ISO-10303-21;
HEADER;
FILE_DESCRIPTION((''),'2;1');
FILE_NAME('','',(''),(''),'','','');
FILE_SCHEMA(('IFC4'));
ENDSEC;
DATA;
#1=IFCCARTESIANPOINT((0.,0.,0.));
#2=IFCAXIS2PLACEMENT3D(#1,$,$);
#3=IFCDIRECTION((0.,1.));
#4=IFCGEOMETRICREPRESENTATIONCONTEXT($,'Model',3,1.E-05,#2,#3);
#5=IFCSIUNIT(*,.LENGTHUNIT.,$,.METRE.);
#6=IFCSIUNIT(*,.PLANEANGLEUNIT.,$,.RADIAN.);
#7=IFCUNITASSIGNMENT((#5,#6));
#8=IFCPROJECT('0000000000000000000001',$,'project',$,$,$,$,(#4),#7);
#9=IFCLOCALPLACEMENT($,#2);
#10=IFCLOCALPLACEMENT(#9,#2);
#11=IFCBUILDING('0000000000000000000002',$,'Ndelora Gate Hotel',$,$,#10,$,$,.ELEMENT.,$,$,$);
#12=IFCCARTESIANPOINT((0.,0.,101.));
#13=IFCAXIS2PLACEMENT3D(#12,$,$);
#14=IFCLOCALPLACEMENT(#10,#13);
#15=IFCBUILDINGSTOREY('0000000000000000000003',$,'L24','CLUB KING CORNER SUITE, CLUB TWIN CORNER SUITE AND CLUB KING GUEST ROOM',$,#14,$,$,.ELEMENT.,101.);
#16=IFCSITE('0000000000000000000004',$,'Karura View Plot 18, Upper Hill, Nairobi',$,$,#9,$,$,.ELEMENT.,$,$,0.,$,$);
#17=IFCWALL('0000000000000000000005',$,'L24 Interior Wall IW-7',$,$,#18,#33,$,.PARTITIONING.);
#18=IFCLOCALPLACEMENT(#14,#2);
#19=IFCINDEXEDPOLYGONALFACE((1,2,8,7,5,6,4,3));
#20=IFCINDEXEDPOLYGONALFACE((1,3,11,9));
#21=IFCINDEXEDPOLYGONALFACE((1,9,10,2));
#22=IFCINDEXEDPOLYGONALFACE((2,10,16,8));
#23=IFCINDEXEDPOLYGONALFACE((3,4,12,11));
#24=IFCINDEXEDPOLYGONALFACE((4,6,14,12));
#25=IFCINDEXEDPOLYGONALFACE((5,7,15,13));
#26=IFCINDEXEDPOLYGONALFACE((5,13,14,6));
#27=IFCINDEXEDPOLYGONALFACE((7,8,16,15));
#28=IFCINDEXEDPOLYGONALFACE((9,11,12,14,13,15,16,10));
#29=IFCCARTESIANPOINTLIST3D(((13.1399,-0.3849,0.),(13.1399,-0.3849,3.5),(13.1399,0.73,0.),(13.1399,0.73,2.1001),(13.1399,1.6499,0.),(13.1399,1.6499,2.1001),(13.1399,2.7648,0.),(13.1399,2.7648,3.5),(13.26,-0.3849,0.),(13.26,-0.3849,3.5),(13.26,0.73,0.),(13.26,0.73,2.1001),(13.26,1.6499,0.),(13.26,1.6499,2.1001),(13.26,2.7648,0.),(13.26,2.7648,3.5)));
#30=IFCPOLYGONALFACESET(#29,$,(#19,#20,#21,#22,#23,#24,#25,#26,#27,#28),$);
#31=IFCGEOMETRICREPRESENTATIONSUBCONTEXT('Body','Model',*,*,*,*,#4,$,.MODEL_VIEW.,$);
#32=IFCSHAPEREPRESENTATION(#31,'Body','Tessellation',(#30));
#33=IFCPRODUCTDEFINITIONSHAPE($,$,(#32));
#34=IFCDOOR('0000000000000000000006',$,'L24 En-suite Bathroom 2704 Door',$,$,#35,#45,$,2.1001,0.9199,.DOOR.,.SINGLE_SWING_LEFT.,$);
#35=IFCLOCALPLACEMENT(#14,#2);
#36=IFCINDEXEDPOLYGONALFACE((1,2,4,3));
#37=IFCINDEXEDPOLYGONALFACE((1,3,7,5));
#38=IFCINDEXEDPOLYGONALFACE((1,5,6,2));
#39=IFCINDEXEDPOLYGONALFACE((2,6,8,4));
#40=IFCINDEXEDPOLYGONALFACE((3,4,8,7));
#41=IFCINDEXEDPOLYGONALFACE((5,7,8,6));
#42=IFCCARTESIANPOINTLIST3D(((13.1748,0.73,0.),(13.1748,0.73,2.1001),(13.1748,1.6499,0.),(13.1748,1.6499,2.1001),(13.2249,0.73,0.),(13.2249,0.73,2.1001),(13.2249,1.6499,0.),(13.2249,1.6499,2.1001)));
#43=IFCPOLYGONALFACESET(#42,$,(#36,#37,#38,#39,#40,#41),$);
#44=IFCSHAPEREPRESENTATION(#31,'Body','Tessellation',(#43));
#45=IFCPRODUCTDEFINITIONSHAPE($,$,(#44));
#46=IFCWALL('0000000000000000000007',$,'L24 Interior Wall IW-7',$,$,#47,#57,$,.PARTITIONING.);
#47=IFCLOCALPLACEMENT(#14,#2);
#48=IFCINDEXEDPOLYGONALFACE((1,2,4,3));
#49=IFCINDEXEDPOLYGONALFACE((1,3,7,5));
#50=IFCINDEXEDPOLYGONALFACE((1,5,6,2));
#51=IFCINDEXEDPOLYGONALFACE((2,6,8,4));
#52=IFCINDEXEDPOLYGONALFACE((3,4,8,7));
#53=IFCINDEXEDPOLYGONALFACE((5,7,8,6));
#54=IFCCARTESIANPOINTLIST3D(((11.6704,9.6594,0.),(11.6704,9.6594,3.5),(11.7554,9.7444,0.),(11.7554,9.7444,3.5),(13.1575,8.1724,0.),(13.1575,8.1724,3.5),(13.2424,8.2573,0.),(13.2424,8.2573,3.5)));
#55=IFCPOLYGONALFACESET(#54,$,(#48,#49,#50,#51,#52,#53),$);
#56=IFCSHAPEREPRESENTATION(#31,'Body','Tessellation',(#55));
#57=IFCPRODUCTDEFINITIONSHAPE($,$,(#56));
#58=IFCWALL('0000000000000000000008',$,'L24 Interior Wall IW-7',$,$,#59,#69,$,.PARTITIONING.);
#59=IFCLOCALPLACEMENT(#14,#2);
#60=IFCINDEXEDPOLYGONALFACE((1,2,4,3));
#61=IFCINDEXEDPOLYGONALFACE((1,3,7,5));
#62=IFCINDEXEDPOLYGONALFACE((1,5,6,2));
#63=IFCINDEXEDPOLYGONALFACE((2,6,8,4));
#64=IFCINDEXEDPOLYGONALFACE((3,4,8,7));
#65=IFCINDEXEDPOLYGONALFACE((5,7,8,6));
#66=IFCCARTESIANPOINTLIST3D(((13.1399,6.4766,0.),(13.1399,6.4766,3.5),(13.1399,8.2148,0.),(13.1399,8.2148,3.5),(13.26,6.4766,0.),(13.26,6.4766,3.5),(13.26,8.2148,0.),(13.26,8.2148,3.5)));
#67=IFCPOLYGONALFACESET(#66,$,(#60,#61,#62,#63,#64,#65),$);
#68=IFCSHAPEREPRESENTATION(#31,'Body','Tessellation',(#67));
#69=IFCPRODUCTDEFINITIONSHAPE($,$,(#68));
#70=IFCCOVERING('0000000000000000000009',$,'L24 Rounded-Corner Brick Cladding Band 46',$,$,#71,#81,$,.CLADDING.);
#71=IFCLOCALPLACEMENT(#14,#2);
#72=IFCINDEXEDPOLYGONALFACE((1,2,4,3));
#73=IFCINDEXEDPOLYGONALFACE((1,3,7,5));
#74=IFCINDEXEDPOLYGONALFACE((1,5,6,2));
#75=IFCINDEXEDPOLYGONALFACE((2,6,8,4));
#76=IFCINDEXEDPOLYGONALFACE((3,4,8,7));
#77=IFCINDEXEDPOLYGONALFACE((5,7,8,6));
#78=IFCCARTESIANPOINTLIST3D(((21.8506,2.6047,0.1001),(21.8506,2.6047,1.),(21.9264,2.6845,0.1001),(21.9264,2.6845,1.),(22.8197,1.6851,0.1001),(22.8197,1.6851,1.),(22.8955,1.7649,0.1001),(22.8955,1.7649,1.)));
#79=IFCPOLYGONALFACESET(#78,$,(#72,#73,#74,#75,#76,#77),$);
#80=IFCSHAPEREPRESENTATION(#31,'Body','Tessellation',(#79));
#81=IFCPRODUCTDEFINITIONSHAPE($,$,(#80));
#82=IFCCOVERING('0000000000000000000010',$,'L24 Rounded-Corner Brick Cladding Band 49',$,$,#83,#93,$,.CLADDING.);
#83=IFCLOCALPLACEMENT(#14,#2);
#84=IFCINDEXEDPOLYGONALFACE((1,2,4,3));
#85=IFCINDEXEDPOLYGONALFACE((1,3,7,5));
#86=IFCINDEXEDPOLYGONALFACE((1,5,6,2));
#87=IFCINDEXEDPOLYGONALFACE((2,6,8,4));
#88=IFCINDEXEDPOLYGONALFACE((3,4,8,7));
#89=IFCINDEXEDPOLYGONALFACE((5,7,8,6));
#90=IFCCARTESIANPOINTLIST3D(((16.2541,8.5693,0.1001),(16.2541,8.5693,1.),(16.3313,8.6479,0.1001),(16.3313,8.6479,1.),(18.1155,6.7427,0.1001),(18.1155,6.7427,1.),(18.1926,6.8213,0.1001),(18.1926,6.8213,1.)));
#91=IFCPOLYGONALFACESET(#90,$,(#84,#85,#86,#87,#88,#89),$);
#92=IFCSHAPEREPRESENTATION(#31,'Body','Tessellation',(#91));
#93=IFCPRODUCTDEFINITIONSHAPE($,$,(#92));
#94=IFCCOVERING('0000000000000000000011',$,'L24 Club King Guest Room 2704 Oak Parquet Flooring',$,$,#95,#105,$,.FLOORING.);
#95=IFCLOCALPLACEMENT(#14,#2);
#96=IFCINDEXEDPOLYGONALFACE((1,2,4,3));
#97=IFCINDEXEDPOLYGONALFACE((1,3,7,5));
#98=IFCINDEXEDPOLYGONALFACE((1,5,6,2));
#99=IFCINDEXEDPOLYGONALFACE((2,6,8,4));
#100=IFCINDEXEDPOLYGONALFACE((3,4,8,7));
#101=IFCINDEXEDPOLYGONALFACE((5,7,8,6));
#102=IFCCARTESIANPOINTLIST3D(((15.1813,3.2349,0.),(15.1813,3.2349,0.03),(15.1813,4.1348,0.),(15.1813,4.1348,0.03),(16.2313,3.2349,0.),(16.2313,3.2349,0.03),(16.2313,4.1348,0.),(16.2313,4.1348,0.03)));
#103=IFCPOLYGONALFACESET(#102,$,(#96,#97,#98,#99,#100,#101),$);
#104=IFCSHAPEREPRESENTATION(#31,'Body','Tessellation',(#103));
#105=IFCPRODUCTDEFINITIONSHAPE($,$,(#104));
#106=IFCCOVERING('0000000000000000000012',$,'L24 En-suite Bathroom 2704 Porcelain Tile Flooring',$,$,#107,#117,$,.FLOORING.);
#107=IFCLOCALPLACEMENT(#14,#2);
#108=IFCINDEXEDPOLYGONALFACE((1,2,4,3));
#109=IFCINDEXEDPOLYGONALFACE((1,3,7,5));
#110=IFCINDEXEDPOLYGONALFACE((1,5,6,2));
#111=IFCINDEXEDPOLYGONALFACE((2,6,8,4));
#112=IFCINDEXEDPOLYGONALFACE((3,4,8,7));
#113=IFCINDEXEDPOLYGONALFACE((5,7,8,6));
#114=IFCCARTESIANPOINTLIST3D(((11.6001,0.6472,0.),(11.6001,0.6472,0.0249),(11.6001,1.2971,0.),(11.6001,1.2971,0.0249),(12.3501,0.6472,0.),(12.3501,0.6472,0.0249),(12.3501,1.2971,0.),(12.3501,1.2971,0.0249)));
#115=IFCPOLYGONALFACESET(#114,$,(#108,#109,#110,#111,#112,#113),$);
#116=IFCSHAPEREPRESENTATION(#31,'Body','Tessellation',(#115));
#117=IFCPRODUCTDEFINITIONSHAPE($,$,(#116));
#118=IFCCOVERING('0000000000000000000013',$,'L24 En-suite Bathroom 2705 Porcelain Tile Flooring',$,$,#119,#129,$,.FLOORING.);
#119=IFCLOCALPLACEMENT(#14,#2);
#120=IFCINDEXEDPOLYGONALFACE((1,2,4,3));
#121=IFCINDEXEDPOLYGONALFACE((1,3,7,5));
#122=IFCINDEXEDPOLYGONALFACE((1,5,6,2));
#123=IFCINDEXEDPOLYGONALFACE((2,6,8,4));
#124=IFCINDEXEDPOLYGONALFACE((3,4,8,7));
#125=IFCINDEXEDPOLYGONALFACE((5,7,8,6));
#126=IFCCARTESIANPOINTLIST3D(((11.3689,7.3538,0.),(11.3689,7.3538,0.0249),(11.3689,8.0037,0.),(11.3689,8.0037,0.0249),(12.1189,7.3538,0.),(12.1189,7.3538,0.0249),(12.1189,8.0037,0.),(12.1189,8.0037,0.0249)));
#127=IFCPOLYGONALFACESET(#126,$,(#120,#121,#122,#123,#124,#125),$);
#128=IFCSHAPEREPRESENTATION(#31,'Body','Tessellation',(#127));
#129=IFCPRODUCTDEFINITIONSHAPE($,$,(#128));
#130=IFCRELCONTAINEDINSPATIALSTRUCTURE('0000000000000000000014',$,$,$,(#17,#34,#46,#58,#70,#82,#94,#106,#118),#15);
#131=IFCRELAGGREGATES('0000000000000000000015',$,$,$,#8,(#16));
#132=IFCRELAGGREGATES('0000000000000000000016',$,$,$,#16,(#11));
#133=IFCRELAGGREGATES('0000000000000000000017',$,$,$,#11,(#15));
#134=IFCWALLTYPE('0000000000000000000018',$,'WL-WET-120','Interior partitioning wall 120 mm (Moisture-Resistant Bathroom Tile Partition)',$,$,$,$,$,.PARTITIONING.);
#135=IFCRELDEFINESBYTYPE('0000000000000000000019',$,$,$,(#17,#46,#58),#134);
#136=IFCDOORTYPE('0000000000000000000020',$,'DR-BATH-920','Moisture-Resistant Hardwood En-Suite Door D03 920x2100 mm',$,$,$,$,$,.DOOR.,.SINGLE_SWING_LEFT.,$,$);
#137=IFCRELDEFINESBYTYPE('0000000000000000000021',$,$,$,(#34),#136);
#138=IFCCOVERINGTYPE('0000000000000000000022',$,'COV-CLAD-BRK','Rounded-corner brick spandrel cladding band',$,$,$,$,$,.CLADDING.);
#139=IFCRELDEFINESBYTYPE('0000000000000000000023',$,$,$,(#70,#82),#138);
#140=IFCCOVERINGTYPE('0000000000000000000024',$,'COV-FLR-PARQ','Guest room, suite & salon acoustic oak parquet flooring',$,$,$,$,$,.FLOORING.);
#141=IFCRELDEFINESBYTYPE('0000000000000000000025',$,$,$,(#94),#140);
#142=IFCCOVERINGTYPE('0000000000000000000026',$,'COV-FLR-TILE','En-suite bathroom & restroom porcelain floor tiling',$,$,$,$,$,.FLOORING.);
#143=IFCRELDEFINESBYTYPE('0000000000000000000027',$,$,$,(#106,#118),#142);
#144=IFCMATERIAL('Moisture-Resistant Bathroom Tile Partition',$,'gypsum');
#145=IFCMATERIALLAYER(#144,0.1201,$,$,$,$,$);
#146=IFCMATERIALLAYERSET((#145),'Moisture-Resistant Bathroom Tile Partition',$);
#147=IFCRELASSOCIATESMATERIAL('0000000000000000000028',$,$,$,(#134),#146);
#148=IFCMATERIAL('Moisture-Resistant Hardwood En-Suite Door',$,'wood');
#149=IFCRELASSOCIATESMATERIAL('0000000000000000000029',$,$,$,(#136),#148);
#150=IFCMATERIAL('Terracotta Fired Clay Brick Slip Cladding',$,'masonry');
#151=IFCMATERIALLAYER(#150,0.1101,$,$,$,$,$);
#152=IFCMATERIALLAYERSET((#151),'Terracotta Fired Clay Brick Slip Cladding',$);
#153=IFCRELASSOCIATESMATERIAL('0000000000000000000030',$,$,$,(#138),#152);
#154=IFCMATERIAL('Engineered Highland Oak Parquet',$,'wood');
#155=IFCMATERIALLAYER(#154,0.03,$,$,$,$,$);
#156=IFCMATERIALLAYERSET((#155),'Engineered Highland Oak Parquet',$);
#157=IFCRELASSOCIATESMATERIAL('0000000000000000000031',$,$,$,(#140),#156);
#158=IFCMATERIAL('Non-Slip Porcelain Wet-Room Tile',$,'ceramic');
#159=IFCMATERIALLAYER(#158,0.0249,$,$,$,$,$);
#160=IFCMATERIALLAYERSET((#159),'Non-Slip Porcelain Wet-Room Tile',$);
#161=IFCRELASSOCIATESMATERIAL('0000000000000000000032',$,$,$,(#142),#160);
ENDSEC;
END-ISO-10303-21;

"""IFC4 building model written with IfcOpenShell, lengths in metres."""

from ifc_helpers import new_model, si_unit, direction, frame, frame_2d, origin, origin_2d, place, context, subcontext, project, spatial, rectangle, extrude, material, layer, layer_set, type_object, element, fill, save


model = new_model("IFC4")

# Units and contexts
model_context = context("Model", 3, precision=1e-05, world=origin(), true_north=direction((0.0, 1.0)))
body_context = subcontext(model_context, "Body", "Model", "MODEL_VIEW")
ifc_project = project(units=[si_unit("LENGTHUNIT", "METRE"), si_unit("PLANEANGLEUNIT", "RADIAN")], contexts=[model_context])

# Site, building, storey
site_placement = place(None, origin())
site = spatial("IfcSite", under=ifc_project, at=site_placement, Name="Karura View Plot 18, Upper Hill, Nairobi", CompositionType="ELEMENT", RefElevation=0.0)
building_placement = place(site_placement, origin())
building = spatial("IfcBuilding", under=site, at=building_placement, Name="Ndelora Gate Hotel", CompositionType="ELEMENT")
storey_placement = place(building_placement, frame((0.0, 0.0, 101.0)))
storey = spatial("IfcBuildingStorey", under=building, at=storey_placement, Name="L24", Description="CLUB KING CORNER SUITE, CLUB TWIN CORNER SUITE AND CLUB KING GUEST ROOM", CompositionType="ELEMENT", Elevation=101.0)

# Shared definitions
ifc_material_1 = material(Name="Moisture-Resistant Bathroom Tile Partition", Category="gypsum")
ifc_layer_1 = layer(ifc_material_1, 0.1201)
ifc_layer_set_1 = layer_set([ifc_layer_1], Name="Moisture-Resistant Bathroom Tile Partition")
wall_type_1 = type_object("IfcWallType", Name="WL-WET-120", Description="Interior partitioning wall 120 mm (Moisture-Resistant Bathroom Tile Partition)", PredefinedType="PARTITIONING", material=ifc_layer_set_1)

# Wall, opening, door
wall_1_placement = place(storey_placement, frame((13.2, 2.7646, 0.0), z_axis=(0.0, 0.0, 1.0), x_axis=(0.0, -1.0, 0.0)))
wall_1 = element("IfcWall", 1, at=wall_1_placement, inside=storey, type_object=wall_type_1, Name="L24 Interior Wall IW-7", PredefinedType="PARTITIONING", context=body_context, shape_type="SweptSolid", body=[
    extrude(rectangle(XDim=3.1497, YDim=0.1201, at=frame_2d((1.5747, 0.0))), origin(), (0.0, 0.0, 1.0), 3.5),
])
opening_1_placement = place(wall_1_placement, frame((1.1147, 0.0, 0.0)))
opening_1 = element("IfcOpeningElement", 2, at=opening_1_placement, cuts=wall_1, PredefinedType="OPENING", context=body_context, shape_type="SweptSolid", body=[
    extrude(rectangle(XDim=0.9199, YDim=2.1001, at=frame_2d((0.46, 1.05))), frame((0.0, 0.0701, 0.0), z_axis=(0.0, -1.0, 0.0), x_axis=(1.0, 0.0, 0.0)), (0.0, 0.0, 1.0), 0.1401),
])
ifc_material_2 = material(Name="Moisture-Resistant Hardwood En-Suite Door", Category="wood")
door_type = type_object("IfcDoorType", Name="DR-BATH-920", Description="Moisture-Resistant Hardwood En-Suite Door D03 920x2100 mm", OperationType="SINGLE_SWING_LEFT", PredefinedType="DOOR", material=ifc_material_2)
door_placement = place(opening_1_placement, origin())
door = element("IfcDoor", 3, at=door_placement, inside=storey, type_object=door_type, Name="L24 En-suite Bathroom 2704 Door", OperationType="SINGLE_SWING_LEFT", OverallHeight=2.1001, OverallWidth=0.9199, PredefinedType="DOOR", context=body_context, shape_type="SweptSolid", body=[
    extrude(rectangle(XDim=0.9199, YDim=2.1001, at=frame_2d((0.46, 1.05))), frame((0.0, 0.0249, 0.0), z_axis=(0.0, -1.0, 0.0), x_axis=(1.0, 0.0, 0.0)), (0.0, 0.0, 1.0), 0.05),
])
fill(opening_1, door)

# Walls
wall_2_placement = place(storey_placement, frame((11.7129, 9.7019, 0.0), z_axis=(0.0, 0.0, 1.0), x_axis=(0.707107, -0.707107, 0.0)))
element("IfcWall", 4, at=wall_2_placement, inside=storey, type_object=wall_type_1, Name="L24 Interior Wall IW-7", PredefinedType="PARTITIONING", context=body_context, shape_type="SweptSolid", body=[
    extrude(rectangle(XDim=2.103, YDim=0.1201, at=frame_2d((1.0515, 0.0))), origin(), (0.0, 0.0, 1.0), 3.5),
])
wall_3_placement = place(storey_placement, frame((13.2, 6.4766, 0.0), z_axis=(0.0, 0.0, 1.0), x_axis=(0.0, 1.0, 0.0)))
element("IfcWall", 5, at=wall_3_placement, inside=storey, type_object=wall_type_1, Name="L24 Interior Wall IW-7", PredefinedType="PARTITIONING", context=body_context, shape_type="SweptSolid", body=[
    extrude(rectangle(XDim=1.7383, YDim=0.1201, at=frame_2d((0.8691, 0.0))), origin(), (0.0, 0.0, 1.0), 3.5),
])

# Coverings
ifc_material_3 = material(Name="Terracotta Fired Clay Brick Slip Cladding", Category="masonry")
ifc_layer_2 = layer(ifc_material_3, 0.1101)
ifc_layer_set_2 = layer_set([ifc_layer_2], Name="Terracotta Fired Clay Brick Slip Cladding")
covering_type_1 = type_object("IfcCoveringType", Name="COV-CLAD-BRK", Description="Rounded-corner brick spandrel cladding band", PredefinedType="CLADDING", material=ifc_layer_set_2)
covering_1_placement = place(storey_placement, frame((22.373, 2.1848, 0.1001), z_axis=(0.0, 0.0, 1.0), x_axis=(-0.725374, 0.688355, 0.0)))
element("IfcCovering", 6, at=covering_1_placement, inside=storey, type_object=covering_type_1, Name="L24 Rounded-Corner Brick Cladding Band 46", PredefinedType="CLADDING", context=body_context, shape_type="SweptSolid", body=[
    extrude(rectangle(XDim=1.3359, YDim=0.1101, at=origin_2d()), origin(), (0.0, 0.0, 1.0), 0.8999),
])
covering_2_placement = place(storey_placement, frame((17.2234, 7.6953, 0.1001), z_axis=(0.0, 0.0, 1.0), x_axis=(-0.71374, 0.700411, 0.0)))
element("IfcCovering", 7, at=covering_2_placement, inside=storey, type_object=covering_type_1, Name="L24 Rounded-Corner Brick Cladding Band 49", PredefinedType="CLADDING", context=body_context, shape_type="SweptSolid", body=[
    extrude(rectangle(XDim=2.6079, YDim=0.1101, at=origin_2d()), origin(), (0.0, 0.0, 1.0), 0.8999),
])
ifc_material_4 = material(Name="Engineered Highland Oak Parquet", Category="wood")
ifc_layer_3 = layer(ifc_material_4, 0.03)
ifc_layer_set_3 = layer_set([ifc_layer_3], Name="Engineered Highland Oak Parquet")
covering_type_2 = type_object("IfcCoveringType", Name="COV-FLR-PARQ", Description="Guest room, suite & salon acoustic oak parquet flooring", PredefinedType="FLOORING", material=ifc_layer_set_3)
covering_3_placement = place(storey_placement, frame((15.7063, 3.6848, 0.0), z_axis=(0.0, 0.0, 1.0), x_axis=(1.0, 0.0, 0.0)))
element("IfcCovering", 8, at=covering_3_placement, inside=storey, type_object=covering_type_2, Name="L24 Club King Guest Room 2704 Oak Parquet Flooring", PredefinedType="FLOORING", context=body_context, shape_type="SweptSolid", body=[
    extrude(rectangle(XDim=1.05, YDim=0.8999, at=origin_2d()), origin(), (0.0, 0.0, 1.0), 0.03),
])
ifc_material_5 = material(Name="Non-Slip Porcelain Wet-Room Tile", Category="ceramic")
ifc_layer_4 = layer(ifc_material_5, 0.0249)
ifc_layer_set_4 = layer_set([ifc_layer_4], Name="Non-Slip Porcelain Wet-Room Tile")
covering_type_3 = type_object("IfcCoveringType", Name="COV-FLR-TILE", Description="En-suite bathroom & restroom porcelain floor tiling", PredefinedType="FLOORING", material=ifc_layer_set_4)
for number, where, z_axis, x_axis, name in (
    (9, (11.9751, 0.9722, 0.0), (0.0, 0.0, 1.0), (1.0, 0.0, 0.0), "L24 En-suite Bathroom 2704 Porcelain Tile Flooring"),
    (10, (11.7439, 7.6787, 0.0), (0.0, 0.0, 1.0), (1.0, 0.0, 0.0), "L24 En-suite Bathroom 2705 Porcelain Tile Flooring"),
):
    element("IfcCovering", number, at=place(storey_placement, frame(where, z_axis=z_axis, x_axis=x_axis)), inside=storey, type_object=covering_type_3, Name=name, PredefinedType="FLOORING", context=body_context, shape_type="SweptSolid", body=[
        extrude(rectangle(XDim=0.75, YDim=0.6499, at=origin_2d()), origin(), (0.0, 0.0, 1.0), 0.0249),
    ])

save(model, "model.ifc")
